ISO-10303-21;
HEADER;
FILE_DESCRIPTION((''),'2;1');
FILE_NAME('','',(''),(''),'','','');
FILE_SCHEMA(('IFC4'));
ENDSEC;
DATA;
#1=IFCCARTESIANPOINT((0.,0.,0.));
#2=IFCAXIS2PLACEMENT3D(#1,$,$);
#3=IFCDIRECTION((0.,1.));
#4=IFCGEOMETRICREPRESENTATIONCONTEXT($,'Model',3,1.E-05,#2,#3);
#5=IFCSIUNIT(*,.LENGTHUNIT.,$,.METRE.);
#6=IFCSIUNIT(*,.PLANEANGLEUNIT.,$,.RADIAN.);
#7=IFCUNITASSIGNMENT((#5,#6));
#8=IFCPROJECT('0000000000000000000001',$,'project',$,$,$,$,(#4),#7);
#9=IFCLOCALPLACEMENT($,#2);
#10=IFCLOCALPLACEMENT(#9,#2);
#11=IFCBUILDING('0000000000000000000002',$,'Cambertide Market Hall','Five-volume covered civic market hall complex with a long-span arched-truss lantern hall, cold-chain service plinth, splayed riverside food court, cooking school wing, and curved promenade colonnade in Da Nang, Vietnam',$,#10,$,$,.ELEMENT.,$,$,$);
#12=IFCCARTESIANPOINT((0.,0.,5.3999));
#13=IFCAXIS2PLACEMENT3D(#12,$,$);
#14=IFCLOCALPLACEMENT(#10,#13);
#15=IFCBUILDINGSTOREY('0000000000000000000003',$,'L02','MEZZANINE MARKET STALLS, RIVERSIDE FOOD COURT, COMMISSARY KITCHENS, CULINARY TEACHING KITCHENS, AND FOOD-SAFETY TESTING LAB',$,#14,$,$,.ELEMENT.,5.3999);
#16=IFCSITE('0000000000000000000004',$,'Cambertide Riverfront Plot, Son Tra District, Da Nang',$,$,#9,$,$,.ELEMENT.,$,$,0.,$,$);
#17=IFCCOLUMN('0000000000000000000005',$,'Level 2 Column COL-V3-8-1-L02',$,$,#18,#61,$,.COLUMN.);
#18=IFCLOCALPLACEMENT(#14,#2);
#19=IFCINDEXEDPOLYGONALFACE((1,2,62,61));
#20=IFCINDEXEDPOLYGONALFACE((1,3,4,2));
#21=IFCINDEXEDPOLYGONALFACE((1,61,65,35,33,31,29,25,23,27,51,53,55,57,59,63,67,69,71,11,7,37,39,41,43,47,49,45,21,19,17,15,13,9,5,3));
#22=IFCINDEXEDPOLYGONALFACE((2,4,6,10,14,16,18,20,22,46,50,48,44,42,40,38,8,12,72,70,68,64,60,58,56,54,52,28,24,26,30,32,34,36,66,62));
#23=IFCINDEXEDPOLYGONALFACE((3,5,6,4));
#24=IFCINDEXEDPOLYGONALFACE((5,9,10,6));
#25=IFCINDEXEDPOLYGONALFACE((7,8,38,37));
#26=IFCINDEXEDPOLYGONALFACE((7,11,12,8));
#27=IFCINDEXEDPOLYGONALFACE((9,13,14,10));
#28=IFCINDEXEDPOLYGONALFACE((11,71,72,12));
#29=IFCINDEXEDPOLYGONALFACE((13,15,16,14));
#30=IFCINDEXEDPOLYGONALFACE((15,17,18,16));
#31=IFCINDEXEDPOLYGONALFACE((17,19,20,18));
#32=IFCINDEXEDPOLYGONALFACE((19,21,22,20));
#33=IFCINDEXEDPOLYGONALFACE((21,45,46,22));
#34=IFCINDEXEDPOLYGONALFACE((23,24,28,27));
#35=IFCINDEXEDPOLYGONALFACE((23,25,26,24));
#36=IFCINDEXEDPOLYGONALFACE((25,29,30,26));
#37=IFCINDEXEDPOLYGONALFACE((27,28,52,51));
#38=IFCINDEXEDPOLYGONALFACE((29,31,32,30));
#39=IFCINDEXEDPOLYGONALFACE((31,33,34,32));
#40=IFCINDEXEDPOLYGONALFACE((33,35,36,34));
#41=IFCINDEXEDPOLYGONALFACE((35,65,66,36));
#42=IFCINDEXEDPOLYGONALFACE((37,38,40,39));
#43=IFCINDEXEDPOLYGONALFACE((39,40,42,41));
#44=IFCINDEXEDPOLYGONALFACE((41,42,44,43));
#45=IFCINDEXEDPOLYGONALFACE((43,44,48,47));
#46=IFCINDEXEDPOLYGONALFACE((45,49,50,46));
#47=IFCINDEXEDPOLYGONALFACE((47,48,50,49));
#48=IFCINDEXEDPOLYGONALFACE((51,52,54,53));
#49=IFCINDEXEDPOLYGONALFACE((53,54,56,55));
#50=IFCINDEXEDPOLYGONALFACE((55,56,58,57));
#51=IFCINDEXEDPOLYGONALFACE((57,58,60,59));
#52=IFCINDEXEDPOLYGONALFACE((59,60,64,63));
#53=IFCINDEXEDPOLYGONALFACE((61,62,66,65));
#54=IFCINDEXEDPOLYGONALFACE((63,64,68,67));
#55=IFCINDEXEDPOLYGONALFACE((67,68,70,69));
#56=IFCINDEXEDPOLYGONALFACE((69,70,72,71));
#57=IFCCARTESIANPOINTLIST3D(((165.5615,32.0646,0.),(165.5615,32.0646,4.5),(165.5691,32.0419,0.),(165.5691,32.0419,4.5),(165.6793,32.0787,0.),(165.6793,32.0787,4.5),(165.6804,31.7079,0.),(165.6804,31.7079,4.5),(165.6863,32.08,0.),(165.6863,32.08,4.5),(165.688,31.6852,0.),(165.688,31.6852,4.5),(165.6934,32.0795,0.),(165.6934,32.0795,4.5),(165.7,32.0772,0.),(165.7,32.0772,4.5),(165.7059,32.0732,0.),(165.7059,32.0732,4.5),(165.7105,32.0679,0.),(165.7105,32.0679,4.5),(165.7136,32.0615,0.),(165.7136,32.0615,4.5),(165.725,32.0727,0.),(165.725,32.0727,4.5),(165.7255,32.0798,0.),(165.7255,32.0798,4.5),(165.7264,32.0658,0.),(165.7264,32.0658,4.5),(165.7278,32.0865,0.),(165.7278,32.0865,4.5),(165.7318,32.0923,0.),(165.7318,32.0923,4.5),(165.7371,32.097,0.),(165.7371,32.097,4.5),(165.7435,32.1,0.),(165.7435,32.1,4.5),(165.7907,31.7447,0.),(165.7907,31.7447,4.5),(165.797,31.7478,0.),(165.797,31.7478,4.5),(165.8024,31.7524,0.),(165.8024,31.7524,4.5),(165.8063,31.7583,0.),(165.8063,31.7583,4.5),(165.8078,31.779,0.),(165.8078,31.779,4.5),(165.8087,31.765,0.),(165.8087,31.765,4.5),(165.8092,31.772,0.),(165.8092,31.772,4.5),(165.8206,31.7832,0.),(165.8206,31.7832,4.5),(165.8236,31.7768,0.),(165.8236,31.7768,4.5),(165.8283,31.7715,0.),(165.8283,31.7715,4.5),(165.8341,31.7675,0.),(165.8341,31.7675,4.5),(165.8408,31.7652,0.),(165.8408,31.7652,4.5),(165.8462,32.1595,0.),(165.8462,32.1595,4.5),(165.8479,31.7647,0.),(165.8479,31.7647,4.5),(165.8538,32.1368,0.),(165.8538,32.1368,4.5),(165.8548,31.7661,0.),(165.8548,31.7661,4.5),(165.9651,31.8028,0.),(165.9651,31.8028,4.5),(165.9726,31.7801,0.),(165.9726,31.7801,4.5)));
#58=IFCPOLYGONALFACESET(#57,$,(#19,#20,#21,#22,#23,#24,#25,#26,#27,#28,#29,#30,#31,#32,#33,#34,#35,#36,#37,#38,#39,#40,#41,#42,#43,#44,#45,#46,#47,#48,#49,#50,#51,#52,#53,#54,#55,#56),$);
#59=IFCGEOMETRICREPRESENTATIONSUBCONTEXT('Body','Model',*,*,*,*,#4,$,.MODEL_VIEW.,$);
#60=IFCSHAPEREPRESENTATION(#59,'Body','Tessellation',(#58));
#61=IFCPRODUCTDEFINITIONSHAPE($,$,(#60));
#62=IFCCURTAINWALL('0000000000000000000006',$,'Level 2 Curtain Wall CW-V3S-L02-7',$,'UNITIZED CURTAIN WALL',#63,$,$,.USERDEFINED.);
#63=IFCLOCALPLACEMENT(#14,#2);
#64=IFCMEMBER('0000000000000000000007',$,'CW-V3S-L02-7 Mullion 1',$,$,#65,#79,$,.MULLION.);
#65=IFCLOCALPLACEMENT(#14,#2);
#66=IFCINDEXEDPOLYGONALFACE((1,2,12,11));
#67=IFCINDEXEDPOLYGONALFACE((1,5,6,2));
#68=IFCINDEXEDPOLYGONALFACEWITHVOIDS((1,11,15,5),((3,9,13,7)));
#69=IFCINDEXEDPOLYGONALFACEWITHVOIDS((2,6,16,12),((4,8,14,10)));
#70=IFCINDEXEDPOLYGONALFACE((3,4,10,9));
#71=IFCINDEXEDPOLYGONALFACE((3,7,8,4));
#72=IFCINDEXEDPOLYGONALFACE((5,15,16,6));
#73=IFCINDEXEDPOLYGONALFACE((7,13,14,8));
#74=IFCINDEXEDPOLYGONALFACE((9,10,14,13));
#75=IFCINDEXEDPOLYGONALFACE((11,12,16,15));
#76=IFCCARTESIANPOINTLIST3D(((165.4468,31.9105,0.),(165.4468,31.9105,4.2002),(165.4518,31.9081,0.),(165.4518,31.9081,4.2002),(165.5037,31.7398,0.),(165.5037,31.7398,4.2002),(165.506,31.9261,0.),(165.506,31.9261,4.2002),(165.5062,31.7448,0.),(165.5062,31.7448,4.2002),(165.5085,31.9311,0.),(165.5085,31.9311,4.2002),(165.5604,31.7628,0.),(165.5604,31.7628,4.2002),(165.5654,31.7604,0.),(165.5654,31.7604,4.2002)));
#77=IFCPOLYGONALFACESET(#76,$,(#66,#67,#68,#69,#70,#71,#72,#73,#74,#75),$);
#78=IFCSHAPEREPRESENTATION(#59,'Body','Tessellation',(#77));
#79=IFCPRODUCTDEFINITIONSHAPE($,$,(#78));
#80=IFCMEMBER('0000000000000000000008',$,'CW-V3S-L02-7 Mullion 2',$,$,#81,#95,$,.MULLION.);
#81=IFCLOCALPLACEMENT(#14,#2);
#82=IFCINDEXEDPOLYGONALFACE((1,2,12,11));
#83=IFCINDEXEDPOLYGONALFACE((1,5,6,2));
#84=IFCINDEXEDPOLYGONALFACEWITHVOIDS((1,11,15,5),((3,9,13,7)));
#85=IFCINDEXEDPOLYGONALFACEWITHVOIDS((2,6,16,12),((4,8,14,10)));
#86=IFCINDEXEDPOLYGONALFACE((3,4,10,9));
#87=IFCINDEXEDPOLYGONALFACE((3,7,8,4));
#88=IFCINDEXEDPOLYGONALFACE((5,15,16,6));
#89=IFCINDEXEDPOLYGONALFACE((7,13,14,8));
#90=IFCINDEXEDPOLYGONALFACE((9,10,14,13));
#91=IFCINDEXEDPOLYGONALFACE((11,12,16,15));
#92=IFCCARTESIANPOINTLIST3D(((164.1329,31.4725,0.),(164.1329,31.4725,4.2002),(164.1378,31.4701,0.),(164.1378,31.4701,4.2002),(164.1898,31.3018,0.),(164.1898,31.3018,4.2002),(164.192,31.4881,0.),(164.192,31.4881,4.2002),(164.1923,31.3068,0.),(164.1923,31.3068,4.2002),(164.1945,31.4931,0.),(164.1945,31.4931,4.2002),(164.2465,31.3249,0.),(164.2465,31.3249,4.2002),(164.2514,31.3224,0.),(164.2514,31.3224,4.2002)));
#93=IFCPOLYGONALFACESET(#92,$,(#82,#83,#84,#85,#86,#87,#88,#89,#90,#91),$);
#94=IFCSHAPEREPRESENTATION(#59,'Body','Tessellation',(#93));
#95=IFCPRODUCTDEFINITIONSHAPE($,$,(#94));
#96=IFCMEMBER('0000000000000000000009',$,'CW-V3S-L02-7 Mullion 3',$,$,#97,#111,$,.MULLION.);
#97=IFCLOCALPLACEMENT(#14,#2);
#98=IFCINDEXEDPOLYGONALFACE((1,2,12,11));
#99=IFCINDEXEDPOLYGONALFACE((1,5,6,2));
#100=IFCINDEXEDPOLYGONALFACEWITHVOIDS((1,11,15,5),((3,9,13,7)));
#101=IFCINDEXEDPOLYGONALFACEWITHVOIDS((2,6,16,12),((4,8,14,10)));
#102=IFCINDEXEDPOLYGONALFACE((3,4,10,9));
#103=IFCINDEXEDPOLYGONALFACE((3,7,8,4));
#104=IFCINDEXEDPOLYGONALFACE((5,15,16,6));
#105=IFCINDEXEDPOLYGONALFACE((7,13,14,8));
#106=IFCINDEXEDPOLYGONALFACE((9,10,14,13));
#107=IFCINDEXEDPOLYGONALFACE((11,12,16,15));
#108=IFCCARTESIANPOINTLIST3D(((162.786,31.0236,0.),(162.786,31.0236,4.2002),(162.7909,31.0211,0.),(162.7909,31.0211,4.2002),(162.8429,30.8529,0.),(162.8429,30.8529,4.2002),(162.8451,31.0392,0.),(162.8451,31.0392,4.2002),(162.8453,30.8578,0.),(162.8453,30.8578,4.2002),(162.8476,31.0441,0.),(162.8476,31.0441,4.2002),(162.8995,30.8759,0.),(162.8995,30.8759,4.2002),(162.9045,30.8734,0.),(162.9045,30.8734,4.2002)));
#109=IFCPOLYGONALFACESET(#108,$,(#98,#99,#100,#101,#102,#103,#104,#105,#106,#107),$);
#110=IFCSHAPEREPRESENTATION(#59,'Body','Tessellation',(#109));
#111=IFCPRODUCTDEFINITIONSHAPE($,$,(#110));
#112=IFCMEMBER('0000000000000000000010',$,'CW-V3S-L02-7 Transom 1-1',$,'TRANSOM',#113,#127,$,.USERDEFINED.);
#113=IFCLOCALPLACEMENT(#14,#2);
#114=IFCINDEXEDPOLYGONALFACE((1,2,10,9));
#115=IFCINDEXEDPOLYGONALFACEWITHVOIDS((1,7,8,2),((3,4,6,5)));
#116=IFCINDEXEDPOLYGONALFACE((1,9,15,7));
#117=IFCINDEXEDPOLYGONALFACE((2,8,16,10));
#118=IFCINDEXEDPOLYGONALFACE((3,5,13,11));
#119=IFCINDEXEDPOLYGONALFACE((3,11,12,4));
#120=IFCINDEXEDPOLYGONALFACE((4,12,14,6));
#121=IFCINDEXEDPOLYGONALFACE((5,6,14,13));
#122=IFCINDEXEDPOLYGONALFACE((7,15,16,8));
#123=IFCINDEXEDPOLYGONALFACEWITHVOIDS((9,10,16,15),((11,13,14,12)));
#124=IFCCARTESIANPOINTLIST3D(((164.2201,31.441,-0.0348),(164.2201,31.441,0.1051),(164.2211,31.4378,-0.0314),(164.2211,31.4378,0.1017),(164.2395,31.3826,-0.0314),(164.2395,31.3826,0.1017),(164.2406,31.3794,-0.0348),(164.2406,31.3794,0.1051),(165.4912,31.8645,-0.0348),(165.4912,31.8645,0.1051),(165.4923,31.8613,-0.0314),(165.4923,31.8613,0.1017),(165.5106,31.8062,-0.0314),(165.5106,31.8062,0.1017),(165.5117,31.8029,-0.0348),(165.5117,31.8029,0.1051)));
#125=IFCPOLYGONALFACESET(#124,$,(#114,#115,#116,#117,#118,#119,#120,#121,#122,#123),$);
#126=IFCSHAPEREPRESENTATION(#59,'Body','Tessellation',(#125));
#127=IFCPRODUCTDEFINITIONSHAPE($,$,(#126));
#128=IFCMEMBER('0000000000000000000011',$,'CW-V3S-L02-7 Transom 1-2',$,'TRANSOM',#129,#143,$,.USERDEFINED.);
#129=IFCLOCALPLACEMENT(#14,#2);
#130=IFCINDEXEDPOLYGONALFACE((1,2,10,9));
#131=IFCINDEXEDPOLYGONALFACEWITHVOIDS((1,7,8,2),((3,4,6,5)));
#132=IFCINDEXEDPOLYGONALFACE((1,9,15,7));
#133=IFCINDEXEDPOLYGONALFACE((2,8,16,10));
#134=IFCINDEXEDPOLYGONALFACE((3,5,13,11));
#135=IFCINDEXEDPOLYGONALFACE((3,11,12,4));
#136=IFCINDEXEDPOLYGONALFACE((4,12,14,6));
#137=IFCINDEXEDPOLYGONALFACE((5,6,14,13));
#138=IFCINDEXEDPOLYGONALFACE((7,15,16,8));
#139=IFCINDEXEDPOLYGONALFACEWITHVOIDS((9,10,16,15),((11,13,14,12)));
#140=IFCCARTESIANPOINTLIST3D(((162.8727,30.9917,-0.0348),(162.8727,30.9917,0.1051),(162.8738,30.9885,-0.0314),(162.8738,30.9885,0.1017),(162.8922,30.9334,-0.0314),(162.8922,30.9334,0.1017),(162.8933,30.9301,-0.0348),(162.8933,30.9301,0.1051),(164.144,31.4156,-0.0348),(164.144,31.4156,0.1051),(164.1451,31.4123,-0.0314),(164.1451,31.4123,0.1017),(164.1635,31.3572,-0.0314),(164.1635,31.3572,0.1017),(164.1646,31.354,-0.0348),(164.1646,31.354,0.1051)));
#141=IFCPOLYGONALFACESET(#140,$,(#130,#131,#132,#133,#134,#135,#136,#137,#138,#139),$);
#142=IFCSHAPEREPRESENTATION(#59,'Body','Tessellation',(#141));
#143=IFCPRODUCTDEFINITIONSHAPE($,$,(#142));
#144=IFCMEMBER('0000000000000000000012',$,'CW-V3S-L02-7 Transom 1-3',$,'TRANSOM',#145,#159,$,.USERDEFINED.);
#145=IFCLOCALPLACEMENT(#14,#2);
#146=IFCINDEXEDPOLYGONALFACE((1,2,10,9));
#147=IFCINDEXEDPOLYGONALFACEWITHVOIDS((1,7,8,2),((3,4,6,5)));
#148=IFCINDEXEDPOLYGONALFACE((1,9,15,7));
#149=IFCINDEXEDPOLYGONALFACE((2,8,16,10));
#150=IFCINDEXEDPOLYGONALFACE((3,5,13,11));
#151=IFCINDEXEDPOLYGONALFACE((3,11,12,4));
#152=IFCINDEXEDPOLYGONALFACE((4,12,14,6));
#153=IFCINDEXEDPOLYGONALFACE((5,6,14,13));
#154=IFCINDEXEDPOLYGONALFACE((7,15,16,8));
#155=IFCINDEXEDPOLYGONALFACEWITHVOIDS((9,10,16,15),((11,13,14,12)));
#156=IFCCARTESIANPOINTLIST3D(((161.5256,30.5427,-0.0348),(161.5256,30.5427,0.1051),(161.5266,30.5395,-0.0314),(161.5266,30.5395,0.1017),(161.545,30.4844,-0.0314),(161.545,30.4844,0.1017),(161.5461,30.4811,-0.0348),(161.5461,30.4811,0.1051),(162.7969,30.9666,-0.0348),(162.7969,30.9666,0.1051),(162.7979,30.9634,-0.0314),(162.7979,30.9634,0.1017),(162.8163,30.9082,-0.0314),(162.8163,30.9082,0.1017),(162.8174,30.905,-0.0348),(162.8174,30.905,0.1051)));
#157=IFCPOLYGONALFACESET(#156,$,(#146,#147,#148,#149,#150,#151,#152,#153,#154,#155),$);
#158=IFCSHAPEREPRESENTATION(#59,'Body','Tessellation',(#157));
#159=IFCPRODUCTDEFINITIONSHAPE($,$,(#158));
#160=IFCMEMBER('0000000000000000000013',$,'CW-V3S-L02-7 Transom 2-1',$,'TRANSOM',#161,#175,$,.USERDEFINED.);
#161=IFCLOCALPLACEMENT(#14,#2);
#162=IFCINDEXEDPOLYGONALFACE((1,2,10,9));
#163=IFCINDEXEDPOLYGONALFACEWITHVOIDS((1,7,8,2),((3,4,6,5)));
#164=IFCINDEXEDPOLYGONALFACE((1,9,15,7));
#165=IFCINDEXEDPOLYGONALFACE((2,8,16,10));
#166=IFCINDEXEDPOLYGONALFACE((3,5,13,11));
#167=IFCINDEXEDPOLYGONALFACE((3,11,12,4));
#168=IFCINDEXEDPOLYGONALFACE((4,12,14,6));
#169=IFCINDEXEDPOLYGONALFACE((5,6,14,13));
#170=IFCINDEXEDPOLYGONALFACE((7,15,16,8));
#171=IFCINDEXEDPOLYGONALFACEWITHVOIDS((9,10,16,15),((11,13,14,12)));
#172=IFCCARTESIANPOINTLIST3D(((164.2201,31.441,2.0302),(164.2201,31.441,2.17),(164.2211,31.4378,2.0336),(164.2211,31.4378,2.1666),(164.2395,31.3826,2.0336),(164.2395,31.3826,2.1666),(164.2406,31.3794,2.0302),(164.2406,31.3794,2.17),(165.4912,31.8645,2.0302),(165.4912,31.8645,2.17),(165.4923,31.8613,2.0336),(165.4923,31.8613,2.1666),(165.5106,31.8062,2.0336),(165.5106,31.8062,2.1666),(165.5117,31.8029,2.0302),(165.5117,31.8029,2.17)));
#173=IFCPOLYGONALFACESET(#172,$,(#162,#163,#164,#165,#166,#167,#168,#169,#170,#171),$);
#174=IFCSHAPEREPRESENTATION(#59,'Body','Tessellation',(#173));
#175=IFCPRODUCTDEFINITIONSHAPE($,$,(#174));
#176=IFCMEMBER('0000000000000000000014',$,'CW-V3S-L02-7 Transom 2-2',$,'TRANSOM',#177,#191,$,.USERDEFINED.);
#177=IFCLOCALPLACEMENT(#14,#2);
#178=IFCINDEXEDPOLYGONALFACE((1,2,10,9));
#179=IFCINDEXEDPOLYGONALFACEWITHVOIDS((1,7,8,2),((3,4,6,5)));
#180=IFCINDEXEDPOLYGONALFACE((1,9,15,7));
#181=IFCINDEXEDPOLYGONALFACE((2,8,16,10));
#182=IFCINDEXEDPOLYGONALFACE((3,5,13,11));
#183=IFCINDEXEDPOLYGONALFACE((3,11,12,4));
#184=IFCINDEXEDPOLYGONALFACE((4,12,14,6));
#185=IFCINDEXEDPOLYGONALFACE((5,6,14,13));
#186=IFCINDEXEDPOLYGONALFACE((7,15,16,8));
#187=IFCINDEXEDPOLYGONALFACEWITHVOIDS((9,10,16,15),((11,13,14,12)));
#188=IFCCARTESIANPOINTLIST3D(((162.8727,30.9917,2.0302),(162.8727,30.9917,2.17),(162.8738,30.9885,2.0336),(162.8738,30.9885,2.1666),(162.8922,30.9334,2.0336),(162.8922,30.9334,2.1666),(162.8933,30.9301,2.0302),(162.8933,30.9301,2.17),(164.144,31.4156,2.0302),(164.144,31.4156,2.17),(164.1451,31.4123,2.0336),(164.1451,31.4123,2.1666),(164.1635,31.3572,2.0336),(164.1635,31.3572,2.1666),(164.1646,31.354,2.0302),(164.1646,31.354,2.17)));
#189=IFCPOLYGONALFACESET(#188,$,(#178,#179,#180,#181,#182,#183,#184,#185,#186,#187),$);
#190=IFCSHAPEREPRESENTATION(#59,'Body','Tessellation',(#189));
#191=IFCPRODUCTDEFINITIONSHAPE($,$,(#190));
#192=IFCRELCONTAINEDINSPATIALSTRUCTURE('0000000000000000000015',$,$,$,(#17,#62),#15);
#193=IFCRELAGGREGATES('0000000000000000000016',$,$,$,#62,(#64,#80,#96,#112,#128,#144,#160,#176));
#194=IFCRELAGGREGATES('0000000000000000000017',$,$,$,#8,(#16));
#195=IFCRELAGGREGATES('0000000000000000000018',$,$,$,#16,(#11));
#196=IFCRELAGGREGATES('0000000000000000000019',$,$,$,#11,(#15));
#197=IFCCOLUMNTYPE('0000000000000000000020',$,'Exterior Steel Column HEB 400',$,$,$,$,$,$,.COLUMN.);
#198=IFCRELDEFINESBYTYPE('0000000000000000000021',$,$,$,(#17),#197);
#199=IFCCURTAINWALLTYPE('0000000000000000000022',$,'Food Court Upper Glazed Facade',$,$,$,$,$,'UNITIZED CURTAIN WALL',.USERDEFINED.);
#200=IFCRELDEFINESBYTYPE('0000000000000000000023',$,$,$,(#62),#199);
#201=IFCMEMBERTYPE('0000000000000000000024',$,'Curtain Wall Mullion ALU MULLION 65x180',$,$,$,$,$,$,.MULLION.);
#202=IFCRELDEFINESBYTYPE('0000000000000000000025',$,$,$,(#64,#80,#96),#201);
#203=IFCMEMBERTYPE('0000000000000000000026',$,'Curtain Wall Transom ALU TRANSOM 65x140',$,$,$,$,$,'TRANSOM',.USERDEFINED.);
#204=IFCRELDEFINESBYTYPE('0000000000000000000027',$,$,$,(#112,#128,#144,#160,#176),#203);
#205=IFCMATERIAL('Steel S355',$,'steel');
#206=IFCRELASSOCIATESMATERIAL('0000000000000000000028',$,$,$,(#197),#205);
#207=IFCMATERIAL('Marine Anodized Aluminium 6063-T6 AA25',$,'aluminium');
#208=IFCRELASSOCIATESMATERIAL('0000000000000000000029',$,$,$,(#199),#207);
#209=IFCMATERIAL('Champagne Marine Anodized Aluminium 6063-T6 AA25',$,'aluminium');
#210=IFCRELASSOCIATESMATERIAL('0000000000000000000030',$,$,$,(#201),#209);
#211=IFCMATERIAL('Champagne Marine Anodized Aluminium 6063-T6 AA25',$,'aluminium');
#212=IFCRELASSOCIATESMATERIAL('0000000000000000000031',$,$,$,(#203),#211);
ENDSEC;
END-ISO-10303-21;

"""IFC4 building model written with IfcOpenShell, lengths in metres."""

from ifc_helpers import new_model, si_unit, direction, frame, origin, origin_2d, place, context, subcontext, project, spatial, hollow_rectangle, i_section, extrude, material, material_profile, profile_set, type_object, element, aggregate, save


model = new_model("IFC4")

# Units and contexts
model_context = context("Model", 3, precision=1e-05, world=origin(), true_north=direction((0.0, 1.0)))
body_context = subcontext(model_context, "Body", "Model", "MODEL_VIEW")
ifc_project = project(units=[si_unit("LENGTHUNIT", "METRE"), si_unit("PLANEANGLEUNIT", "RADIAN")], contexts=[model_context])

# Site, building, storey
site_placement = place(None, origin())
site = spatial("IfcSite", under=ifc_project, at=site_placement, Name="Cambertide Riverfront Plot, Son Tra District, Da Nang", CompositionType="ELEMENT", RefElevation=0.0)
building_placement = place(site_placement, origin())
building = spatial("IfcBuilding", under=site, at=building_placement, Name="Cambertide Market Hall", Description="Five-volume covered civic market hall complex with a long-span arched-truss lantern hall, cold-chain service plinth, splayed riverside food court, cooking school wing, and curved promenade colonnade in Da Nang, Vietnam", CompositionType="ELEMENT")
storey_placement = place(building_placement, frame((0.0, 0.0, 5.3999)))
storey = spatial("IfcBuildingStorey", under=building, at=storey_placement, Name="L02", Description="MEZZANINE MARKET STALLS, RIVERSIDE FOOD COURT, COMMISSARY KITCHENS, CULINARY TEACHING KITCHENS, AND FOOD-SAFETY TESTING LAB", CompositionType="ELEMENT", Elevation=5.3999)

# Column
ifc_material_1 = material(Name="Steel S355", Category="steel")
ifc_material_profile_1 = material_profile(ifc_material_1, i_section(OverallWidth=0.3, OverallDepth=0.3999, WebThickness=0.0134, FlangeThickness=0.0239, FilletRadius=0.0271, at=origin_2d()), Name="HEB 400")
ifc_profile_set_1 = profile_set([ifc_material_profile_1], Name="Steel S355")
column_type = type_object("IfcColumnType", Name="Exterior Steel Column HEB 400", PredefinedType="COLUMN", material=ifc_profile_set_1)
column_placement = place(storey_placement, frame((165.7671, 31.9224, 0.0), z_axis=(0.0, 0.0, 1.0), x_axis=(0.948683, 0.316228, 0.0)))
element("IfcColumn", 1, at=column_placement, inside=storey, type_object=column_type, Name="Level 2 Column COL-V3-8-1-L02", PredefinedType="COLUMN", context=body_context, shape_type="SweptSolid", body=[
    extrude(i_section(OverallWidth=0.3, OverallDepth=0.3999, WebThickness=0.0134, FlangeThickness=0.0239, FilletRadius=0.0271, at=origin_2d()), origin(), (0.0, 0.0, 1.0), 4.5),
])

# Curtain wall, members
ifc_material_2 = material(Name="Marine Anodized Aluminium 6063-T6 AA25", Category="aluminium")
curtain_wall_type = type_object("IfcCurtainWallType", Name="Food Court Upper Glazed Facade", ElementType="UNITIZED CURTAIN WALL", PredefinedType="USERDEFINED", material=ifc_material_2)
curtain_wall_placement = place(storey_placement, origin())
curtain_wall = element("IfcCurtainWall", 2, at=curtain_wall_placement, inside=storey, type_object=curtain_wall_type, Name="Level 2 Curtain Wall CW-V3S-L02-7", ObjectType="UNITIZED CURTAIN WALL", PredefinedType="USERDEFINED")
ifc_material_3 = material(Name="Champagne Marine Anodized Aluminium 6063-T6 AA25", Category="aluminium")
ifc_material_profile_2 = material_profile(ifc_material_3, hollow_rectangle(XDim=0.0649, YDim=0.1799, WallThickness=0.0039, at=origin_2d()), Name="ALU MULLION 65x180")
ifc_profile_set_2 = profile_set([ifc_material_profile_2], Name="Champagne Marine Anodized Aluminium 6063-T6 AA25")
member_type_1 = type_object("IfcMemberType", Name="Curtain Wall Mullion ALU MULLION 65x180", PredefinedType="MULLION", material=ifc_profile_set_2)
member_1_placement = place(storey_placement, frame((165.5061, 31.8354, 0.0), z_axis=(0.0, 0.0, 1.0), x_axis=(-0.948683, -0.316228, 0.0)))
member_1 = element("IfcMember", 3, at=member_1_placement, type_object=member_type_1, Name="CW-V3S-L02-7 Mullion 1", PredefinedType="MULLION", context=body_context, shape_type="SweptSolid", body=[
    extrude(hollow_rectangle(XDim=0.0649, YDim=0.1799, WallThickness=0.0039, at=origin_2d()), origin(), (0.0, 0.0, 1.0), 4.2002),
])
member_2_placement = place(storey_placement, frame((164.1921, 31.3975, 0.0), z_axis=(0.0, 0.0, 1.0), x_axis=(-0.948683, -0.316228, 0.0)))
member_2 = element("IfcMember", 4, at=member_2_placement, type_object=member_type_1, Name="CW-V3S-L02-7 Mullion 2", PredefinedType="MULLION", context=body_context, shape_type="SweptSolid", body=[
    extrude(hollow_rectangle(XDim=0.0649, YDim=0.1799, WallThickness=0.0039, at=origin_2d()), origin(), (0.0, 0.0, 1.0), 4.2002),
])
member_3_placement = place(storey_placement, frame((162.8452, 30.9485, 0.0), z_axis=(0.0, 0.0, 1.0), x_axis=(-0.948683, -0.316228, 0.0)))
member_3 = element("IfcMember", 5, at=member_3_placement, type_object=member_type_1, Name="CW-V3S-L02-7 Mullion 3", PredefinedType="MULLION", context=body_context, shape_type="SweptSolid", body=[
    extrude(hollow_rectangle(XDim=0.0649, YDim=0.1799, WallThickness=0.0039, at=origin_2d()), origin(), (0.0, 0.0, 1.0), 4.2002),
])
ifc_material_4 = material(Name="Champagne Marine Anodized Aluminium 6063-T6 AA25", Category="aluminium")
ifc_material_profile_3 = material_profile(ifc_material_4, hollow_rectangle(XDim=0.0649, YDim=0.1399, WallThickness=0.0034, at=origin_2d()), Name="ALU TRANSOM 65x140")
ifc_profile_set_3 = profile_set([ifc_material_profile_3], Name="Champagne Marine Anodized Aluminium 6063-T6 AA25")
member_type_2 = type_object("IfcMemberType", Name="Curtain Wall Transom ALU TRANSOM 65x140", ElementType="TRANSOM", PredefinedType="USERDEFINED", material=ifc_profile_set_3)
member_4_placement = place(storey_placement, frame((165.5015, 31.8337, 0.0352), z_axis=(-0.94872, -0.316118, 0.0), x_axis=(0.316118, -0.94872, 0.0)))
member_4 = element("IfcMember", 6, at=member_4_placement, type_object=member_type_2, Name="CW-V3S-L02-7 Transom 1-1", ObjectType="TRANSOM", PredefinedType="USERDEFINED", context=body_context, shape_type="SweptSolid", body=[
    extrude(hollow_rectangle(XDim=0.0649, YDim=0.1399, WallThickness=0.0034, at=origin_2d()), origin(), (0.0, 0.0, 1.0), 1.3398),
])
member_5_placement = place(storey_placement, frame((164.1543, 31.3848, 0.0352), z_axis=(-0.948665, -0.316282, 0.0), x_axis=(0.316282, -0.948665, 0.0)))
member_5 = element("IfcMember", 7, at=member_5_placement, type_object=member_type_2, Name="CW-V3S-L02-7 Transom 1-2", ObjectType="TRANSOM", PredefinedType="USERDEFINED", context=body_context, shape_type="SweptSolid", body=[
    extrude(hollow_rectangle(XDim=0.0649, YDim=0.1399, WallThickness=0.0034, at=origin_2d()), origin(), (0.0, 0.0, 1.0), 1.3401),
])
member_6_placement = place(storey_placement, frame((162.8071, 30.9358, 0.0352), z_axis=(-0.948665, -0.316282, 0.0), x_axis=(0.316282, -0.948665, 0.0)))
member_6 = element("IfcMember", 8, at=member_6_placement, type_object=member_type_2, Name="CW-V3S-L02-7 Transom 1-3", ObjectType="TRANSOM", PredefinedType="USERDEFINED", context=body_context, shape_type="SweptSolid", body=[
    extrude(hollow_rectangle(XDim=0.0649, YDim=0.1399, WallThickness=0.0034, at=origin_2d()), origin(), (0.0, 0.0, 1.0), 1.3401),
])
member_7_placement = place(storey_placement, frame((165.5015, 31.8337, 2.1001), z_axis=(-0.94872, -0.316118, 0.0), x_axis=(0.316118, -0.94872, 0.0)))
member_7 = element("IfcMember", 9, at=member_7_placement, type_object=member_type_2, Name="CW-V3S-L02-7 Transom 2-1", ObjectType="TRANSOM", PredefinedType="USERDEFINED", context=body_context, shape_type="SweptSolid", body=[
    extrude(hollow_rectangle(XDim=0.0649, YDim=0.1399, WallThickness=0.0034, at=origin_2d()), origin(), (0.0, 0.0, 1.0), 1.3398),
])
member_8_placement = place(storey_placement, frame((164.1543, 31.3848, 2.1001), z_axis=(-0.948665, -0.316282, 0.0), x_axis=(0.316282, -0.948665, 0.0)))
member_8 = element("IfcMember", 10, at=member_8_placement, type_object=member_type_2, Name="CW-V3S-L02-7 Transom 2-2", ObjectType="TRANSOM", PredefinedType="USERDEFINED", context=body_context, shape_type="SweptSolid", body=[
    extrude(hollow_rectangle(XDim=0.0649, YDim=0.1399, WallThickness=0.0034, at=origin_2d()), origin(), (0.0, 0.0, 1.0), 1.3401),
])

aggregate(curtain_wall, [member_1, member_2, member_3, member_4, member_5, member_6, member_7, member_8])

save(model, "model.ifc")
